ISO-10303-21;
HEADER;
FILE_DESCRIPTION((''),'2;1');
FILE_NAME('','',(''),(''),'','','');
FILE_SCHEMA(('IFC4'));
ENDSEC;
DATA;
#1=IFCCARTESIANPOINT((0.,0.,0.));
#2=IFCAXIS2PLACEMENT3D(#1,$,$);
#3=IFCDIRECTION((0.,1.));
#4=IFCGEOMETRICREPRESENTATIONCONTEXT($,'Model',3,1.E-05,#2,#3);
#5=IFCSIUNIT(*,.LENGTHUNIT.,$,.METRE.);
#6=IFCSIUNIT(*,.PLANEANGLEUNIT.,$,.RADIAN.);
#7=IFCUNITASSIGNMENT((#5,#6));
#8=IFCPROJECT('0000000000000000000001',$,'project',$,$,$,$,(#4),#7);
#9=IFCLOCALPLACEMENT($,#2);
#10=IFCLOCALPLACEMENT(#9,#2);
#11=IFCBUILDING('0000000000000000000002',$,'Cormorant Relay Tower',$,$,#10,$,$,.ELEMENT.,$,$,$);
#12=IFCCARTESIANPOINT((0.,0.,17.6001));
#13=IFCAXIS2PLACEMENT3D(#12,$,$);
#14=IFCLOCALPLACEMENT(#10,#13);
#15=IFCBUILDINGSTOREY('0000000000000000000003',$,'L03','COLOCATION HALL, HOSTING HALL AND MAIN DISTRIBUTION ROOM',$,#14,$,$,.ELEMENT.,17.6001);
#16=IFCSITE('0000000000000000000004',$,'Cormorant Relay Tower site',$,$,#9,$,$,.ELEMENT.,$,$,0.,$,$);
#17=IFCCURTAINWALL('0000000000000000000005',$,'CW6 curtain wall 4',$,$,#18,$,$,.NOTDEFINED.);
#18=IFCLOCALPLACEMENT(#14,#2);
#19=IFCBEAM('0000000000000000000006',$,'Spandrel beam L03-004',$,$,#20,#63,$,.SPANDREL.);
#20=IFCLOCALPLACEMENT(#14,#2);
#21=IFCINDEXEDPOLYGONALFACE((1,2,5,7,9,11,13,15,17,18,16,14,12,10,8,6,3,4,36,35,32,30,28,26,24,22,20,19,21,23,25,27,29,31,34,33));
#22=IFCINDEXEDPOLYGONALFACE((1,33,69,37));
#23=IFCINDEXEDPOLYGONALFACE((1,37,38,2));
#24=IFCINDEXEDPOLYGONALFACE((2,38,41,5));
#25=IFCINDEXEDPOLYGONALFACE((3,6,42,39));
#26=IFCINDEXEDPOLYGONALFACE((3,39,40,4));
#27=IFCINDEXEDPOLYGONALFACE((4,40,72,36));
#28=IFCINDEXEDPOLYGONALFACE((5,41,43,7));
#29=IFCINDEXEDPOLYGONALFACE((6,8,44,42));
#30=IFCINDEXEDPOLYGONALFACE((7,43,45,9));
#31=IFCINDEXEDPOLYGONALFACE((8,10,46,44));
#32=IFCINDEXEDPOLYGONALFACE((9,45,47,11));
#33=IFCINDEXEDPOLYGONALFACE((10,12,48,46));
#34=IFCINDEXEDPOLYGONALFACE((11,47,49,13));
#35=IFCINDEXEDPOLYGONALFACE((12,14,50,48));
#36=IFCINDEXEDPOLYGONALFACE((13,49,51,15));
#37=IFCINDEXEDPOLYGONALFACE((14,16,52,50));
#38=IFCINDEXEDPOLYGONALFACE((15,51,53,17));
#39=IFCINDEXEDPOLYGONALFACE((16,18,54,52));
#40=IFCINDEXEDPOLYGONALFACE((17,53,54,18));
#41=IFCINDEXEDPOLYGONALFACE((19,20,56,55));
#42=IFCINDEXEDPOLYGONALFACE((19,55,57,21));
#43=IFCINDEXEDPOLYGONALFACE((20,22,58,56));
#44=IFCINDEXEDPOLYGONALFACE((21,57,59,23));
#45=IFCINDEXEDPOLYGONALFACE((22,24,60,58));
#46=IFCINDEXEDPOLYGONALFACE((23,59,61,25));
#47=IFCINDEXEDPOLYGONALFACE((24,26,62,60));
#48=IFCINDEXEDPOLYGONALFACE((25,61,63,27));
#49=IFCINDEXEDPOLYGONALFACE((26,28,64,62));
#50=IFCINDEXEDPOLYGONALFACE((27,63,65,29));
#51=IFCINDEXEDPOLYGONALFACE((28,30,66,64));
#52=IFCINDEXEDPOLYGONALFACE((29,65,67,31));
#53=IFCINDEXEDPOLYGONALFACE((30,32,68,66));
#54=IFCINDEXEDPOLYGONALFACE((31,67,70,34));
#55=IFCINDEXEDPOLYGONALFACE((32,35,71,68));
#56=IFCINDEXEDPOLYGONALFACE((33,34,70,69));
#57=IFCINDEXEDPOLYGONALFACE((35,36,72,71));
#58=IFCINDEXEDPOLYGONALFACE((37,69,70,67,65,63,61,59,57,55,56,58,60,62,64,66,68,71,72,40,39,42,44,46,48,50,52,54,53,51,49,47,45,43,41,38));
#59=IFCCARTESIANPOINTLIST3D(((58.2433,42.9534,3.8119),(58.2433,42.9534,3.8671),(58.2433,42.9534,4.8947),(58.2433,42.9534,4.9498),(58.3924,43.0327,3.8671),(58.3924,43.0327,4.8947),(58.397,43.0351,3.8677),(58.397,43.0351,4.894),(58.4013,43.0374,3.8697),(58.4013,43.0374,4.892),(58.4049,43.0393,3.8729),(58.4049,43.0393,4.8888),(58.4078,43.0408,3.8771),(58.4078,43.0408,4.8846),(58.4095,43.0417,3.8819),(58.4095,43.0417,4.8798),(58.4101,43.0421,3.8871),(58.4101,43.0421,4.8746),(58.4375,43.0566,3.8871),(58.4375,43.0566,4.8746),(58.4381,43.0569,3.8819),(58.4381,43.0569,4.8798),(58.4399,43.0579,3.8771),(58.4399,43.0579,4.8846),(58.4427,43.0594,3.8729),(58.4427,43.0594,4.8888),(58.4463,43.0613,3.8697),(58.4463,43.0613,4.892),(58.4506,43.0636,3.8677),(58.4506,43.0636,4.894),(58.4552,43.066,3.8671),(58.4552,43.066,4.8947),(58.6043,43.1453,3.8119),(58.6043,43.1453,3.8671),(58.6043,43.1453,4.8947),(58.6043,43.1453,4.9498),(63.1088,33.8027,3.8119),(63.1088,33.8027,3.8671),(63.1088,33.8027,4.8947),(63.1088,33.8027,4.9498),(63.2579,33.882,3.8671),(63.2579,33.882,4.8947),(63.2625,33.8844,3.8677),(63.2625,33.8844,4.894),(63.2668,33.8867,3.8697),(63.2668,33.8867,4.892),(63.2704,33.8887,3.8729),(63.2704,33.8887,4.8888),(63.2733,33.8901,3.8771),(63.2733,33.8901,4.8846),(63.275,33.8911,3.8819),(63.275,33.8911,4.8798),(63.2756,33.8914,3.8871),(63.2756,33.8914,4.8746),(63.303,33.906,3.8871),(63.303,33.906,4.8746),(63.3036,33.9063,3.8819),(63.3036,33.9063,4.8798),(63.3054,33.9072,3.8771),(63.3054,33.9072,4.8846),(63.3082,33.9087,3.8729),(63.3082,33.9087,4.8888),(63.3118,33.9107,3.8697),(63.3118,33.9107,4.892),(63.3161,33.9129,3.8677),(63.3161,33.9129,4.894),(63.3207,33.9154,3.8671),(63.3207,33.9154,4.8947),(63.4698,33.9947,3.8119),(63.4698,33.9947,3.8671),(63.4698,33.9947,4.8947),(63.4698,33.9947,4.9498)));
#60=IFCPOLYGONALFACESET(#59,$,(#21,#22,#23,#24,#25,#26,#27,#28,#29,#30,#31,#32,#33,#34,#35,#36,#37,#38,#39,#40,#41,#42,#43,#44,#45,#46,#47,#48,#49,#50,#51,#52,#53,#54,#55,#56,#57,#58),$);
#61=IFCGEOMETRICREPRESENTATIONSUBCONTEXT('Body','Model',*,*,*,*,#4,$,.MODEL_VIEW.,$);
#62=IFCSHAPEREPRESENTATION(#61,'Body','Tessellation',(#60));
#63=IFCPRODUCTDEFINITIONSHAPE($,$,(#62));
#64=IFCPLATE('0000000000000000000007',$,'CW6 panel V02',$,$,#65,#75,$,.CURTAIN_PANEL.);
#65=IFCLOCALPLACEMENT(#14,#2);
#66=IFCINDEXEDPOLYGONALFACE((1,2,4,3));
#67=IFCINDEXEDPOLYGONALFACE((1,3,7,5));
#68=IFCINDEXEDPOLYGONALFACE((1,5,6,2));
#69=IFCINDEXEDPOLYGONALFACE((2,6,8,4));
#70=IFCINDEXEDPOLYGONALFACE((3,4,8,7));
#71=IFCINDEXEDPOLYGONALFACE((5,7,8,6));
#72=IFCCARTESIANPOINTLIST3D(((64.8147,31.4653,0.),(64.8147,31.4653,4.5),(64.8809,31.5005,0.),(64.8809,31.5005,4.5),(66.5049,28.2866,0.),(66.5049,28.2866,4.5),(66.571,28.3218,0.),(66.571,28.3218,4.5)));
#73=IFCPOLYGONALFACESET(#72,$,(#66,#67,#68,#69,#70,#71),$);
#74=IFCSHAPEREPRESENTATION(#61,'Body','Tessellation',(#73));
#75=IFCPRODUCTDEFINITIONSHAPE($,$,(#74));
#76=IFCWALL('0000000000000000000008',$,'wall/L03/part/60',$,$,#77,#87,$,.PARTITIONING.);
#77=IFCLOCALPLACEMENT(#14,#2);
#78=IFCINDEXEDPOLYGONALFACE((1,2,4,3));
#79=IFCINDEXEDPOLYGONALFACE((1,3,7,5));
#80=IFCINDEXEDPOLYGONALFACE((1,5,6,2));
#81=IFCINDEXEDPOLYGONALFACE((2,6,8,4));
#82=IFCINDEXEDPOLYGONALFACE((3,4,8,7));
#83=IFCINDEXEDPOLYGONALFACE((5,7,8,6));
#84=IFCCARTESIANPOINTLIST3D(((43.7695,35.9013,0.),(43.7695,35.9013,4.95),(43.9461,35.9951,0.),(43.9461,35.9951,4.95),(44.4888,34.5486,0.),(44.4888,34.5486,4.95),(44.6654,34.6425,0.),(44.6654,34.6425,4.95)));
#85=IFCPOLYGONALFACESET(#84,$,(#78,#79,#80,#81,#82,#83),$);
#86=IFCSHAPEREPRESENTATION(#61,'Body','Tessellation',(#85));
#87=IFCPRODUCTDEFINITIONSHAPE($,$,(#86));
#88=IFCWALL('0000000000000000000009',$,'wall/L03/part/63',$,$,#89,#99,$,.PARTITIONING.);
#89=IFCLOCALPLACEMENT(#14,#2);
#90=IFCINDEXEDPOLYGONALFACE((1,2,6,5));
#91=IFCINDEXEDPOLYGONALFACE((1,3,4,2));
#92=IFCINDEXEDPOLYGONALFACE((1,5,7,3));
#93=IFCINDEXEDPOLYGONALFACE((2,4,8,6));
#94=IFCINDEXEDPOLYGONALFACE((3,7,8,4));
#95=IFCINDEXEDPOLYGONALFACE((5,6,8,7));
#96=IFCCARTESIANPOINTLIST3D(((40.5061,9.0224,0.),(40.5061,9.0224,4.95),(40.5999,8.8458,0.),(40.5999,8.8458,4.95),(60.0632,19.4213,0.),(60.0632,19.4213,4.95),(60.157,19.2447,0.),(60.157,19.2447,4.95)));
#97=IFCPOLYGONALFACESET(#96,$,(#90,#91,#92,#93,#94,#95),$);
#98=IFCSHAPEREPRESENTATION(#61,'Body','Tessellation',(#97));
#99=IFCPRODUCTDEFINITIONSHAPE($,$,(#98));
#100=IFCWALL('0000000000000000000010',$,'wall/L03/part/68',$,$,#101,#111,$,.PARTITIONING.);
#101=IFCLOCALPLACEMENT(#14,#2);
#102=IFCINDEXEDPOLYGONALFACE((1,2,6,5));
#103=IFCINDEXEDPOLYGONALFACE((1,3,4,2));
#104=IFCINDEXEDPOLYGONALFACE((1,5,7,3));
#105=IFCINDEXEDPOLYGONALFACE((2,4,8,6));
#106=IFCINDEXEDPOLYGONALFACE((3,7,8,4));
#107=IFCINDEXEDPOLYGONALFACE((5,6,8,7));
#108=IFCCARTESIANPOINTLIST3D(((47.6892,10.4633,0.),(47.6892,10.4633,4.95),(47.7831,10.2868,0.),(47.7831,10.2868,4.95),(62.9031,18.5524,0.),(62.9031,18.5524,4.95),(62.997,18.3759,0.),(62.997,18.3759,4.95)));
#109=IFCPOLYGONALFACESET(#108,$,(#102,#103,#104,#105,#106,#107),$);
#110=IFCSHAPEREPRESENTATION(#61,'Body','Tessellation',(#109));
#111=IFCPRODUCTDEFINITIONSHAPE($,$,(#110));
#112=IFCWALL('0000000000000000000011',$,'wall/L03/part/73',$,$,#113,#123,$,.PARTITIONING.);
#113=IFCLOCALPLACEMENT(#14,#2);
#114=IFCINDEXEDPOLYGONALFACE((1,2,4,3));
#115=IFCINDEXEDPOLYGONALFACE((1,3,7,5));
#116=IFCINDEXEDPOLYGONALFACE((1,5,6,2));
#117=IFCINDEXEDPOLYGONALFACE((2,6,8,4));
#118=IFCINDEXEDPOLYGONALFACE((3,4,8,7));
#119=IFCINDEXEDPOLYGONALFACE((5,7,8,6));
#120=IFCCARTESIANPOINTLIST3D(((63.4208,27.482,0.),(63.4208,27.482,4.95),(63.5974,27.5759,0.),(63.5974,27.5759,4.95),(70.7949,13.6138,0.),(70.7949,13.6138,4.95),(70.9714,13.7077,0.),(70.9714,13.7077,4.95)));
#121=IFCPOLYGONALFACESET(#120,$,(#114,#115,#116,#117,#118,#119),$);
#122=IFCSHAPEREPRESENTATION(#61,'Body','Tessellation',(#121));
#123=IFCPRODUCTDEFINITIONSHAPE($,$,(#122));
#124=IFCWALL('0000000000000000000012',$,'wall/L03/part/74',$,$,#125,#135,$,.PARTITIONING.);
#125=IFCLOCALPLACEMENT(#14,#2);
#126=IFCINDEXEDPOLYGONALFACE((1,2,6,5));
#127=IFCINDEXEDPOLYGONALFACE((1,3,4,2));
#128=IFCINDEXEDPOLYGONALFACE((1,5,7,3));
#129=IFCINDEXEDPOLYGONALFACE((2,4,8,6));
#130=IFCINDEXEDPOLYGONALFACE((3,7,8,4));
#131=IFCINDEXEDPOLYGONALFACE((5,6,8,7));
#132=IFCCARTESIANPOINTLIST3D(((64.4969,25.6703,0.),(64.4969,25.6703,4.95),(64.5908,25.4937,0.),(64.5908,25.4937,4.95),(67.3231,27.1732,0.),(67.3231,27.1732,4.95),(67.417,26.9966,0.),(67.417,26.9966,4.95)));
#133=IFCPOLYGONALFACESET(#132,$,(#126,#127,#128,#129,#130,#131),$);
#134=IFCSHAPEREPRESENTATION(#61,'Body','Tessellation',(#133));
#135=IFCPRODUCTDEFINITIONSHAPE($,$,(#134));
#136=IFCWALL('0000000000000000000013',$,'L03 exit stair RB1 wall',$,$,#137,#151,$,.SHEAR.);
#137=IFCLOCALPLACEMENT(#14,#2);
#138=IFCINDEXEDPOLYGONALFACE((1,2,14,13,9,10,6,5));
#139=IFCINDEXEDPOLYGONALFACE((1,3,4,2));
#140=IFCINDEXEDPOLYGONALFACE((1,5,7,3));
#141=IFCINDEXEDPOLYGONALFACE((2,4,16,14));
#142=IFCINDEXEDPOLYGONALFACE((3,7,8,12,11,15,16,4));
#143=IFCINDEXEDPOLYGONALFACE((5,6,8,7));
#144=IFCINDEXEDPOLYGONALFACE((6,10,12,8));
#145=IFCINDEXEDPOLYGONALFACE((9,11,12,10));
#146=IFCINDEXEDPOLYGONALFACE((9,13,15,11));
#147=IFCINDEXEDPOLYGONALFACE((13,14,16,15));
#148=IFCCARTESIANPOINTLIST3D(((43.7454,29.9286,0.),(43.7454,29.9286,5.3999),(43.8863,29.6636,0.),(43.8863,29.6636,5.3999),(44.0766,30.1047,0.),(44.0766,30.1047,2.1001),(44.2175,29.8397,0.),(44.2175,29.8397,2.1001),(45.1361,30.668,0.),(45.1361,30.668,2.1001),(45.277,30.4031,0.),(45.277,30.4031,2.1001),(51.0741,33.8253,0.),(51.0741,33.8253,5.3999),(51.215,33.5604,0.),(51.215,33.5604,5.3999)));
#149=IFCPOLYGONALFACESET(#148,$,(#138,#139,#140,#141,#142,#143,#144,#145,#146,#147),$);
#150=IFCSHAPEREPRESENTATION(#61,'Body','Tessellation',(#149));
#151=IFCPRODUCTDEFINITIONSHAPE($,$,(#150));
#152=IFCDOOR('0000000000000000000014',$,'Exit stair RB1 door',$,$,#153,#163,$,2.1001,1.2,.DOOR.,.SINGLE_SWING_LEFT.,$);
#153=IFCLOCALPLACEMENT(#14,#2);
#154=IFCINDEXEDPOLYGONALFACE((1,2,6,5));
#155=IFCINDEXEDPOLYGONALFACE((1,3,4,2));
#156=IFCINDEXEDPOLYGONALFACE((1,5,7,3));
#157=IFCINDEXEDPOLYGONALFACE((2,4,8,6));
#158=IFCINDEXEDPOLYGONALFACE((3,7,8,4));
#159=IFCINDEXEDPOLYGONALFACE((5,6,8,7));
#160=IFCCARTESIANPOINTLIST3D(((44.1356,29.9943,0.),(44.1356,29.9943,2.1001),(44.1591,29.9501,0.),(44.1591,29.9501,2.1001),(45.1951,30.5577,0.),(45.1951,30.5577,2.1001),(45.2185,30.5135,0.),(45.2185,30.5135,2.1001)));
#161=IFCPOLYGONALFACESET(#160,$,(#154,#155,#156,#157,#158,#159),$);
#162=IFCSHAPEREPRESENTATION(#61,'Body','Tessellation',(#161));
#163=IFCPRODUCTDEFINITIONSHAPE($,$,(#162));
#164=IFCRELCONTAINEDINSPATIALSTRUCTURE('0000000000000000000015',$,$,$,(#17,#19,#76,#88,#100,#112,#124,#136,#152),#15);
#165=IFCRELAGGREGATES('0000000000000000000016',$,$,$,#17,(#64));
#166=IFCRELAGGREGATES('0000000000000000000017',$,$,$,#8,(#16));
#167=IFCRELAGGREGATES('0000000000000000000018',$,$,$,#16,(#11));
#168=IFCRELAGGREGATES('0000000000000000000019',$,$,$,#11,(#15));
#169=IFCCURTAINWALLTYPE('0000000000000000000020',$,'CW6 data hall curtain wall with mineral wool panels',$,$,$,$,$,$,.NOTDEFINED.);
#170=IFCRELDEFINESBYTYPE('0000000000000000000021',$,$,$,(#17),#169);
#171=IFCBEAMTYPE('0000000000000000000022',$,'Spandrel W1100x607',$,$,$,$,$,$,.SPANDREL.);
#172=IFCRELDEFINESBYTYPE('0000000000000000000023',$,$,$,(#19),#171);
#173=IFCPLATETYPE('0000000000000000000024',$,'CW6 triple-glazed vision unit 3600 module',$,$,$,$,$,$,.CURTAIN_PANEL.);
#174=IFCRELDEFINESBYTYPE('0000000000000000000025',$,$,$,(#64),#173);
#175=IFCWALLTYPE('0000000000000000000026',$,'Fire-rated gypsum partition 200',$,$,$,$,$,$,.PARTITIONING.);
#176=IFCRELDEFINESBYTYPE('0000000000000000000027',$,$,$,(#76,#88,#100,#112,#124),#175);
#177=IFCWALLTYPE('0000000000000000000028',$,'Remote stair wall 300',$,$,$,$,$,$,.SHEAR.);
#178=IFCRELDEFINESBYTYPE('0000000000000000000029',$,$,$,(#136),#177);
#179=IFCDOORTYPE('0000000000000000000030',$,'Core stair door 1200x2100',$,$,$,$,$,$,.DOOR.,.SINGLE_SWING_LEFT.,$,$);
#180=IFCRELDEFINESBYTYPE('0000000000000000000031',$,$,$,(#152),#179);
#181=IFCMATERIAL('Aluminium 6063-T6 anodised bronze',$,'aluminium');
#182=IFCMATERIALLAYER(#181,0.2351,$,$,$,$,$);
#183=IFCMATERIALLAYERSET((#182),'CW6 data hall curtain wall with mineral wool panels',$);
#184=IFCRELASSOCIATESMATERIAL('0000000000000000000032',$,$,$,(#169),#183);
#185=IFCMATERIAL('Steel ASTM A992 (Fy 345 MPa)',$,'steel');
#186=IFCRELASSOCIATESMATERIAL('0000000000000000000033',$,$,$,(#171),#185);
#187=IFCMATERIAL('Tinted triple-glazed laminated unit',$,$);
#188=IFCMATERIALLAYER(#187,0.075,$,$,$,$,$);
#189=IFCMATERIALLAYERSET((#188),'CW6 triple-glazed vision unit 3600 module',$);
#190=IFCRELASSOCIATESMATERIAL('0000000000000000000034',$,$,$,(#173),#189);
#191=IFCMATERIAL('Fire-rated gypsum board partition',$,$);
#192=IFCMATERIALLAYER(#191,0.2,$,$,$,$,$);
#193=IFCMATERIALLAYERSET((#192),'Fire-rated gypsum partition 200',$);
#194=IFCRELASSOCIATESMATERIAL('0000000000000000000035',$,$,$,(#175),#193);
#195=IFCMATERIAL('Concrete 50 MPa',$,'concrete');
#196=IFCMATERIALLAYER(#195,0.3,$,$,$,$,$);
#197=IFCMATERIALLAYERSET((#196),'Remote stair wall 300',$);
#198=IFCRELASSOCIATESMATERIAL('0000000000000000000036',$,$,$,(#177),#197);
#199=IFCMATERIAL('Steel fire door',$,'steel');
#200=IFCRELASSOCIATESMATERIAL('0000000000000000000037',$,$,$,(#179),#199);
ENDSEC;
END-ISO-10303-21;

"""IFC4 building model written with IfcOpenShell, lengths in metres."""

from ifc_helpers import new_model, si_unit, direction, frame, frame_2d, origin, origin_2d, place, context, subcontext, project, spatial, rectangle, i_section, extrude, material, layer, layer_set, material_profile, profile_set, type_object, element, fill, aggregate, save


model = new_model("IFC4")

# Units and contexts
model_context = context("Model", 3, precision=1e-05, world=origin(), true_north=direction((0.0, 1.0)))
body_context = subcontext(model_context, "Body", "Model", "MODEL_VIEW")
ifc_project = project(units=[si_unit("LENGTHUNIT", "METRE"), si_unit("PLANEANGLEUNIT", "RADIAN")], contexts=[model_context])

# Site, building, storey
site_placement = place(None, origin())
site = spatial("IfcSite", under=ifc_project, at=site_placement, Name="Cormorant Relay Tower site", CompositionType="ELEMENT", RefElevation=0.0)
building_placement = place(site_placement, origin())
building = spatial("IfcBuilding", under=site, at=building_placement, Name="Cormorant Relay Tower", CompositionType="ELEMENT")
storey_placement = place(building_placement, frame((0.0, 0.0, 17.6001)))
storey = spatial("IfcBuildingStorey", under=building, at=storey_placement, Name="L03", Description="COLOCATION HALL, HOSTING HALL AND MAIN DISTRIBUTION ROOM", CompositionType="ELEMENT", Elevation=17.6001)

# Curtain wall
ifc_material_1 = material(Name="Aluminium 6063-T6 anodised bronze", Category="aluminium")
ifc_layer_1 = layer(ifc_material_1, 0.2351)
ifc_layer_set_1 = layer_set([ifc_layer_1], Name="CW6 data hall curtain wall with mineral wool panels")
curtain_wall_type = type_object("IfcCurtainWallType", Name="CW6 data hall curtain wall with mineral wool panels", PredefinedType="NOTDEFINED", material=ifc_layer_set_1)
curtain_wall_1_placement = place(storey_placement, origin())
curtain_wall_1 = element("IfcCurtainWall", 1, at=curtain_wall_1_placement, inside=storey, type_object=curtain_wall_type, Name="CW6 curtain wall 4", PredefinedType="NOTDEFINED")

# Beam
ifc_material_2 = material(Name="Steel ASTM A992 (Fy 345 MPa)", Category="steel")
ifc_material_profile_1 = material_profile(ifc_material_2, i_section(OverallWidth=0.4089, OverallDepth=1.1379, WebThickness=0.031, FlangeThickness=0.0552, FilletRadius=0.02, at=origin_2d()), Name="W1100x607")
ifc_profile_set_1 = profile_set([ifc_material_profile_1], Name="Steel ASTM A992 (Fy 345 MPa)")
beam_type = type_object("IfcBeamType", Name="Spandrel W1100x607", PredefinedType="SPANDREL", material=ifc_profile_set_1)
beam_1_placement = place(storey_placement, frame((63.2893, 33.8987, 4.3809), z_axis=(-0.469472, 0.882948, 0.0), x_axis=(-0.882948, -0.469472, 0.0)))
element("IfcBeam", 2, at=beam_1_placement, inside=storey, type_object=beam_type, Name="Spandrel beam L03-004", PredefinedType="SPANDREL", context=body_context, shape_type="SweptSolid", body=[
    extrude(i_section(OverallWidth=0.4089, OverallDepth=1.1379, WebThickness=0.031, FlangeThickness=0.0552, FilletRadius=0.02, at=origin_2d()), origin(), (0.0, 0.0, 1.0), 10.3638),
])

# Plate
ifc_material_3 = material(Name="Tinted triple-glazed laminated unit")
ifc_layer_2 = layer(ifc_material_3, 0.075)
ifc_layer_set_2 = layer_set([ifc_layer_2], Name="CW6 triple-glazed vision unit 3600 module")
plate_type = type_object("IfcPlateType", Name="CW6 triple-glazed vision unit 3600 module", PredefinedType="CURTAIN_PANEL", material=ifc_layer_set_2)
plate_placement = place(storey_placement, frame((65.6929, 29.8936, 0.0), z_axis=(0.0, 0.0, 1.0), x_axis=(-0.469472, 0.882948, 0.0)))
plate = element("IfcPlate", 3, at=plate_placement, type_object=plate_type, Name="CW6 panel V02", PredefinedType="CURTAIN_PANEL", context=body_context, shape_type="SweptSolid", body=[
    extrude(rectangle(XDim=3.6001, YDim=0.075, at=origin_2d()), origin(), (0.0, 0.0, 1.0), 4.5),
])

# Walls
ifc_material_4 = material(Name="Fire-rated gypsum board partition")
ifc_layer_3 = layer(ifc_material_4, 0.2)
ifc_layer_set_3 = layer_set([ifc_layer_3], Name="Fire-rated gypsum partition 200")
wall_type_1 = type_object("IfcWallType", Name="Fire-rated gypsum partition 200", PredefinedType="PARTITIONING", material=ifc_layer_set_3)
wall_1_placement = place(storey_placement, frame((44.5771, 34.5955, 0.0), z_axis=(0.0, 0.0, 1.0), x_axis=(-0.469513, 0.882926, 0.0)))
element("IfcWall", 4, at=wall_1_placement, inside=storey, type_object=wall_type_1, Name="wall/L03/part/60", PredefinedType="PARTITIONING", context=body_context, shape_type="SweptSolid", body=[
    extrude(rectangle(XDim=1.532, YDim=0.2, at=frame_2d((0.7661, 0.0))), origin(), (0.0, 0.0, 1.0), 4.95),
])
wall_2_placement = place(storey_placement, frame((60.1101, 19.333, 0.0), z_axis=(0.0, 0.0, 1.0), x_axis=(-0.882944, -0.469479, 0.0)))
element("IfcWall", 5, at=wall_2_placement, inside=storey, type_object=wall_type_1, Name="wall/L03/part/63", PredefinedType="PARTITIONING", context=body_context, shape_type="SweptSolid", body=[
    extrude(rectangle(XDim=22.1499, YDim=0.2, at=frame_2d((11.075, 0.0))), origin(), (0.0, 0.0, 1.0), 4.95),
])
wall_3_placement = place(storey_placement, frame((62.95, 18.4641, 0.0), z_axis=(0.0, 0.0, 1.0), x_axis=(-0.882953, -0.46946, 0.0)))
element("IfcWall", 6, at=wall_3_placement, inside=storey, type_object=wall_type_1, Name="wall/L03/part/68", PredefinedType="PARTITIONING", context=body_context, shape_type="SweptSolid", body=[
    extrude(rectangle(XDim=17.2307, YDim=0.2, at=frame_2d((8.6152, 0.0))), origin(), (0.0, 0.0, 1.0), 4.95),
])
wall_4_placement = place(storey_placement, frame((63.509, 27.5291, 0.0), z_axis=(0.0, 0.0, 1.0), x_axis=(0.469481, -0.882943, 0.0)))
element("IfcWall", 7, at=wall_4_placement, inside=storey, type_object=wall_type_1, Name="wall/L03/part/73", PredefinedType="PARTITIONING", context=body_context, shape_type="SweptSolid", body=[
    extrude(rectangle(XDim=15.7068, YDim=0.2, at=frame_2d((7.8535, 0.0))), origin(), (0.0, 0.0, 1.0), 4.95),
])
wall_5_placement = place(storey_placement, frame((67.3701, 27.085, 0.0), z_axis=(0.0, 0.0, 1.0), x_axis=(-0.882918, -0.469527, 0.0)))
element("IfcWall", 8, at=wall_5_placement, inside=storey, type_object=wall_type_1, Name="wall/L03/part/74", PredefinedType="PARTITIONING", context=body_context, shape_type="SweptSolid", body=[
    extrude(rectangle(XDim=3.2009, YDim=0.2, at=frame_2d((1.6006, 0.0))), origin(), (0.0, 0.0, 1.0), 4.95),
])

# Wall, opening, door
ifc_material_5 = material(Name="Concrete 50 MPa", Category="concrete")
ifc_layer_4 = layer(ifc_material_5, 0.3)
ifc_layer_set_4 = layer_set([ifc_layer_4], Name="Remote stair wall 300")
wall_type_2 = type_object("IfcWallType", Name="Remote stair wall 300", PredefinedType="SHEAR", material=ifc_layer_set_4)
wall_6_placement = place(storey_placement, frame((51.1445, 33.6929, 0.0), z_axis=(0.0, 0.0, 1.0), x_axis=(-0.882946, -0.469475, 0.0)))
wall_6 = element("IfcWall", 9, at=wall_6_placement, inside=storey, type_object=wall_type_2, Name="L03 exit stair RB1 wall", PredefinedType="SHEAR", context=body_context, shape_type="SweptSolid", body=[
    extrude(rectangle(XDim=8.3003, YDim=0.3, at=frame_2d((4.1501, 0.0))), origin(), (0.0, 0.0, 1.0), 5.3999),
])
opening_placement = place(wall_6_placement, frame((6.7251, 0.0, 0.0)))
opening = element("IfcOpeningElement", 10, at=opening_placement, cuts=wall_6, PredefinedType="OPENING", context=body_context, shape_type="SweptSolid", body=[
    extrude(rectangle(XDim=1.2, YDim=2.1001, at=frame_2d((0.6001, 1.05))), frame((0.0, 0.1599, 0.0), z_axis=(0.0, -1.0, 0.0), x_axis=(1.0, 0.0, 0.0)), (0.0, 0.0, 1.0), 0.3201),
])
ifc_material_6 = material(Name="Steel fire door", Category="steel")
door_type = type_object("IfcDoorType", Name="Core stair door 1200x2100", OperationType="SINGLE_SWING_LEFT", PredefinedType="DOOR", material=ifc_material_6)
door_placement = place(opening_placement, frame((1.2, 0.0, 0.0), z_axis=(0.0, 0.0, 1.0), x_axis=(-1.0, 0.0, 0.0)))
door = element("IfcDoor", 11, at=door_placement, inside=storey, type_object=door_type, Name="Exit stair RB1 door", OperationType="SINGLE_SWING_LEFT", OverallHeight=2.1001, OverallWidth=1.2, PredefinedType="DOOR", context=body_context, shape_type="SweptSolid", body=[
    extrude(rectangle(XDim=1.2, YDim=2.1001, at=frame_2d((0.6001, 1.05))), frame((0.0, 0.0249, 0.0), z_axis=(0.0, -1.0, 0.0), x_axis=(1.0, 0.0, 0.0)), (0.0, 0.0, 1.0), 0.05),
])
fill(opening, door)

aggregate(curtain_wall_1, [plate])

save(model, "model.ifc")
